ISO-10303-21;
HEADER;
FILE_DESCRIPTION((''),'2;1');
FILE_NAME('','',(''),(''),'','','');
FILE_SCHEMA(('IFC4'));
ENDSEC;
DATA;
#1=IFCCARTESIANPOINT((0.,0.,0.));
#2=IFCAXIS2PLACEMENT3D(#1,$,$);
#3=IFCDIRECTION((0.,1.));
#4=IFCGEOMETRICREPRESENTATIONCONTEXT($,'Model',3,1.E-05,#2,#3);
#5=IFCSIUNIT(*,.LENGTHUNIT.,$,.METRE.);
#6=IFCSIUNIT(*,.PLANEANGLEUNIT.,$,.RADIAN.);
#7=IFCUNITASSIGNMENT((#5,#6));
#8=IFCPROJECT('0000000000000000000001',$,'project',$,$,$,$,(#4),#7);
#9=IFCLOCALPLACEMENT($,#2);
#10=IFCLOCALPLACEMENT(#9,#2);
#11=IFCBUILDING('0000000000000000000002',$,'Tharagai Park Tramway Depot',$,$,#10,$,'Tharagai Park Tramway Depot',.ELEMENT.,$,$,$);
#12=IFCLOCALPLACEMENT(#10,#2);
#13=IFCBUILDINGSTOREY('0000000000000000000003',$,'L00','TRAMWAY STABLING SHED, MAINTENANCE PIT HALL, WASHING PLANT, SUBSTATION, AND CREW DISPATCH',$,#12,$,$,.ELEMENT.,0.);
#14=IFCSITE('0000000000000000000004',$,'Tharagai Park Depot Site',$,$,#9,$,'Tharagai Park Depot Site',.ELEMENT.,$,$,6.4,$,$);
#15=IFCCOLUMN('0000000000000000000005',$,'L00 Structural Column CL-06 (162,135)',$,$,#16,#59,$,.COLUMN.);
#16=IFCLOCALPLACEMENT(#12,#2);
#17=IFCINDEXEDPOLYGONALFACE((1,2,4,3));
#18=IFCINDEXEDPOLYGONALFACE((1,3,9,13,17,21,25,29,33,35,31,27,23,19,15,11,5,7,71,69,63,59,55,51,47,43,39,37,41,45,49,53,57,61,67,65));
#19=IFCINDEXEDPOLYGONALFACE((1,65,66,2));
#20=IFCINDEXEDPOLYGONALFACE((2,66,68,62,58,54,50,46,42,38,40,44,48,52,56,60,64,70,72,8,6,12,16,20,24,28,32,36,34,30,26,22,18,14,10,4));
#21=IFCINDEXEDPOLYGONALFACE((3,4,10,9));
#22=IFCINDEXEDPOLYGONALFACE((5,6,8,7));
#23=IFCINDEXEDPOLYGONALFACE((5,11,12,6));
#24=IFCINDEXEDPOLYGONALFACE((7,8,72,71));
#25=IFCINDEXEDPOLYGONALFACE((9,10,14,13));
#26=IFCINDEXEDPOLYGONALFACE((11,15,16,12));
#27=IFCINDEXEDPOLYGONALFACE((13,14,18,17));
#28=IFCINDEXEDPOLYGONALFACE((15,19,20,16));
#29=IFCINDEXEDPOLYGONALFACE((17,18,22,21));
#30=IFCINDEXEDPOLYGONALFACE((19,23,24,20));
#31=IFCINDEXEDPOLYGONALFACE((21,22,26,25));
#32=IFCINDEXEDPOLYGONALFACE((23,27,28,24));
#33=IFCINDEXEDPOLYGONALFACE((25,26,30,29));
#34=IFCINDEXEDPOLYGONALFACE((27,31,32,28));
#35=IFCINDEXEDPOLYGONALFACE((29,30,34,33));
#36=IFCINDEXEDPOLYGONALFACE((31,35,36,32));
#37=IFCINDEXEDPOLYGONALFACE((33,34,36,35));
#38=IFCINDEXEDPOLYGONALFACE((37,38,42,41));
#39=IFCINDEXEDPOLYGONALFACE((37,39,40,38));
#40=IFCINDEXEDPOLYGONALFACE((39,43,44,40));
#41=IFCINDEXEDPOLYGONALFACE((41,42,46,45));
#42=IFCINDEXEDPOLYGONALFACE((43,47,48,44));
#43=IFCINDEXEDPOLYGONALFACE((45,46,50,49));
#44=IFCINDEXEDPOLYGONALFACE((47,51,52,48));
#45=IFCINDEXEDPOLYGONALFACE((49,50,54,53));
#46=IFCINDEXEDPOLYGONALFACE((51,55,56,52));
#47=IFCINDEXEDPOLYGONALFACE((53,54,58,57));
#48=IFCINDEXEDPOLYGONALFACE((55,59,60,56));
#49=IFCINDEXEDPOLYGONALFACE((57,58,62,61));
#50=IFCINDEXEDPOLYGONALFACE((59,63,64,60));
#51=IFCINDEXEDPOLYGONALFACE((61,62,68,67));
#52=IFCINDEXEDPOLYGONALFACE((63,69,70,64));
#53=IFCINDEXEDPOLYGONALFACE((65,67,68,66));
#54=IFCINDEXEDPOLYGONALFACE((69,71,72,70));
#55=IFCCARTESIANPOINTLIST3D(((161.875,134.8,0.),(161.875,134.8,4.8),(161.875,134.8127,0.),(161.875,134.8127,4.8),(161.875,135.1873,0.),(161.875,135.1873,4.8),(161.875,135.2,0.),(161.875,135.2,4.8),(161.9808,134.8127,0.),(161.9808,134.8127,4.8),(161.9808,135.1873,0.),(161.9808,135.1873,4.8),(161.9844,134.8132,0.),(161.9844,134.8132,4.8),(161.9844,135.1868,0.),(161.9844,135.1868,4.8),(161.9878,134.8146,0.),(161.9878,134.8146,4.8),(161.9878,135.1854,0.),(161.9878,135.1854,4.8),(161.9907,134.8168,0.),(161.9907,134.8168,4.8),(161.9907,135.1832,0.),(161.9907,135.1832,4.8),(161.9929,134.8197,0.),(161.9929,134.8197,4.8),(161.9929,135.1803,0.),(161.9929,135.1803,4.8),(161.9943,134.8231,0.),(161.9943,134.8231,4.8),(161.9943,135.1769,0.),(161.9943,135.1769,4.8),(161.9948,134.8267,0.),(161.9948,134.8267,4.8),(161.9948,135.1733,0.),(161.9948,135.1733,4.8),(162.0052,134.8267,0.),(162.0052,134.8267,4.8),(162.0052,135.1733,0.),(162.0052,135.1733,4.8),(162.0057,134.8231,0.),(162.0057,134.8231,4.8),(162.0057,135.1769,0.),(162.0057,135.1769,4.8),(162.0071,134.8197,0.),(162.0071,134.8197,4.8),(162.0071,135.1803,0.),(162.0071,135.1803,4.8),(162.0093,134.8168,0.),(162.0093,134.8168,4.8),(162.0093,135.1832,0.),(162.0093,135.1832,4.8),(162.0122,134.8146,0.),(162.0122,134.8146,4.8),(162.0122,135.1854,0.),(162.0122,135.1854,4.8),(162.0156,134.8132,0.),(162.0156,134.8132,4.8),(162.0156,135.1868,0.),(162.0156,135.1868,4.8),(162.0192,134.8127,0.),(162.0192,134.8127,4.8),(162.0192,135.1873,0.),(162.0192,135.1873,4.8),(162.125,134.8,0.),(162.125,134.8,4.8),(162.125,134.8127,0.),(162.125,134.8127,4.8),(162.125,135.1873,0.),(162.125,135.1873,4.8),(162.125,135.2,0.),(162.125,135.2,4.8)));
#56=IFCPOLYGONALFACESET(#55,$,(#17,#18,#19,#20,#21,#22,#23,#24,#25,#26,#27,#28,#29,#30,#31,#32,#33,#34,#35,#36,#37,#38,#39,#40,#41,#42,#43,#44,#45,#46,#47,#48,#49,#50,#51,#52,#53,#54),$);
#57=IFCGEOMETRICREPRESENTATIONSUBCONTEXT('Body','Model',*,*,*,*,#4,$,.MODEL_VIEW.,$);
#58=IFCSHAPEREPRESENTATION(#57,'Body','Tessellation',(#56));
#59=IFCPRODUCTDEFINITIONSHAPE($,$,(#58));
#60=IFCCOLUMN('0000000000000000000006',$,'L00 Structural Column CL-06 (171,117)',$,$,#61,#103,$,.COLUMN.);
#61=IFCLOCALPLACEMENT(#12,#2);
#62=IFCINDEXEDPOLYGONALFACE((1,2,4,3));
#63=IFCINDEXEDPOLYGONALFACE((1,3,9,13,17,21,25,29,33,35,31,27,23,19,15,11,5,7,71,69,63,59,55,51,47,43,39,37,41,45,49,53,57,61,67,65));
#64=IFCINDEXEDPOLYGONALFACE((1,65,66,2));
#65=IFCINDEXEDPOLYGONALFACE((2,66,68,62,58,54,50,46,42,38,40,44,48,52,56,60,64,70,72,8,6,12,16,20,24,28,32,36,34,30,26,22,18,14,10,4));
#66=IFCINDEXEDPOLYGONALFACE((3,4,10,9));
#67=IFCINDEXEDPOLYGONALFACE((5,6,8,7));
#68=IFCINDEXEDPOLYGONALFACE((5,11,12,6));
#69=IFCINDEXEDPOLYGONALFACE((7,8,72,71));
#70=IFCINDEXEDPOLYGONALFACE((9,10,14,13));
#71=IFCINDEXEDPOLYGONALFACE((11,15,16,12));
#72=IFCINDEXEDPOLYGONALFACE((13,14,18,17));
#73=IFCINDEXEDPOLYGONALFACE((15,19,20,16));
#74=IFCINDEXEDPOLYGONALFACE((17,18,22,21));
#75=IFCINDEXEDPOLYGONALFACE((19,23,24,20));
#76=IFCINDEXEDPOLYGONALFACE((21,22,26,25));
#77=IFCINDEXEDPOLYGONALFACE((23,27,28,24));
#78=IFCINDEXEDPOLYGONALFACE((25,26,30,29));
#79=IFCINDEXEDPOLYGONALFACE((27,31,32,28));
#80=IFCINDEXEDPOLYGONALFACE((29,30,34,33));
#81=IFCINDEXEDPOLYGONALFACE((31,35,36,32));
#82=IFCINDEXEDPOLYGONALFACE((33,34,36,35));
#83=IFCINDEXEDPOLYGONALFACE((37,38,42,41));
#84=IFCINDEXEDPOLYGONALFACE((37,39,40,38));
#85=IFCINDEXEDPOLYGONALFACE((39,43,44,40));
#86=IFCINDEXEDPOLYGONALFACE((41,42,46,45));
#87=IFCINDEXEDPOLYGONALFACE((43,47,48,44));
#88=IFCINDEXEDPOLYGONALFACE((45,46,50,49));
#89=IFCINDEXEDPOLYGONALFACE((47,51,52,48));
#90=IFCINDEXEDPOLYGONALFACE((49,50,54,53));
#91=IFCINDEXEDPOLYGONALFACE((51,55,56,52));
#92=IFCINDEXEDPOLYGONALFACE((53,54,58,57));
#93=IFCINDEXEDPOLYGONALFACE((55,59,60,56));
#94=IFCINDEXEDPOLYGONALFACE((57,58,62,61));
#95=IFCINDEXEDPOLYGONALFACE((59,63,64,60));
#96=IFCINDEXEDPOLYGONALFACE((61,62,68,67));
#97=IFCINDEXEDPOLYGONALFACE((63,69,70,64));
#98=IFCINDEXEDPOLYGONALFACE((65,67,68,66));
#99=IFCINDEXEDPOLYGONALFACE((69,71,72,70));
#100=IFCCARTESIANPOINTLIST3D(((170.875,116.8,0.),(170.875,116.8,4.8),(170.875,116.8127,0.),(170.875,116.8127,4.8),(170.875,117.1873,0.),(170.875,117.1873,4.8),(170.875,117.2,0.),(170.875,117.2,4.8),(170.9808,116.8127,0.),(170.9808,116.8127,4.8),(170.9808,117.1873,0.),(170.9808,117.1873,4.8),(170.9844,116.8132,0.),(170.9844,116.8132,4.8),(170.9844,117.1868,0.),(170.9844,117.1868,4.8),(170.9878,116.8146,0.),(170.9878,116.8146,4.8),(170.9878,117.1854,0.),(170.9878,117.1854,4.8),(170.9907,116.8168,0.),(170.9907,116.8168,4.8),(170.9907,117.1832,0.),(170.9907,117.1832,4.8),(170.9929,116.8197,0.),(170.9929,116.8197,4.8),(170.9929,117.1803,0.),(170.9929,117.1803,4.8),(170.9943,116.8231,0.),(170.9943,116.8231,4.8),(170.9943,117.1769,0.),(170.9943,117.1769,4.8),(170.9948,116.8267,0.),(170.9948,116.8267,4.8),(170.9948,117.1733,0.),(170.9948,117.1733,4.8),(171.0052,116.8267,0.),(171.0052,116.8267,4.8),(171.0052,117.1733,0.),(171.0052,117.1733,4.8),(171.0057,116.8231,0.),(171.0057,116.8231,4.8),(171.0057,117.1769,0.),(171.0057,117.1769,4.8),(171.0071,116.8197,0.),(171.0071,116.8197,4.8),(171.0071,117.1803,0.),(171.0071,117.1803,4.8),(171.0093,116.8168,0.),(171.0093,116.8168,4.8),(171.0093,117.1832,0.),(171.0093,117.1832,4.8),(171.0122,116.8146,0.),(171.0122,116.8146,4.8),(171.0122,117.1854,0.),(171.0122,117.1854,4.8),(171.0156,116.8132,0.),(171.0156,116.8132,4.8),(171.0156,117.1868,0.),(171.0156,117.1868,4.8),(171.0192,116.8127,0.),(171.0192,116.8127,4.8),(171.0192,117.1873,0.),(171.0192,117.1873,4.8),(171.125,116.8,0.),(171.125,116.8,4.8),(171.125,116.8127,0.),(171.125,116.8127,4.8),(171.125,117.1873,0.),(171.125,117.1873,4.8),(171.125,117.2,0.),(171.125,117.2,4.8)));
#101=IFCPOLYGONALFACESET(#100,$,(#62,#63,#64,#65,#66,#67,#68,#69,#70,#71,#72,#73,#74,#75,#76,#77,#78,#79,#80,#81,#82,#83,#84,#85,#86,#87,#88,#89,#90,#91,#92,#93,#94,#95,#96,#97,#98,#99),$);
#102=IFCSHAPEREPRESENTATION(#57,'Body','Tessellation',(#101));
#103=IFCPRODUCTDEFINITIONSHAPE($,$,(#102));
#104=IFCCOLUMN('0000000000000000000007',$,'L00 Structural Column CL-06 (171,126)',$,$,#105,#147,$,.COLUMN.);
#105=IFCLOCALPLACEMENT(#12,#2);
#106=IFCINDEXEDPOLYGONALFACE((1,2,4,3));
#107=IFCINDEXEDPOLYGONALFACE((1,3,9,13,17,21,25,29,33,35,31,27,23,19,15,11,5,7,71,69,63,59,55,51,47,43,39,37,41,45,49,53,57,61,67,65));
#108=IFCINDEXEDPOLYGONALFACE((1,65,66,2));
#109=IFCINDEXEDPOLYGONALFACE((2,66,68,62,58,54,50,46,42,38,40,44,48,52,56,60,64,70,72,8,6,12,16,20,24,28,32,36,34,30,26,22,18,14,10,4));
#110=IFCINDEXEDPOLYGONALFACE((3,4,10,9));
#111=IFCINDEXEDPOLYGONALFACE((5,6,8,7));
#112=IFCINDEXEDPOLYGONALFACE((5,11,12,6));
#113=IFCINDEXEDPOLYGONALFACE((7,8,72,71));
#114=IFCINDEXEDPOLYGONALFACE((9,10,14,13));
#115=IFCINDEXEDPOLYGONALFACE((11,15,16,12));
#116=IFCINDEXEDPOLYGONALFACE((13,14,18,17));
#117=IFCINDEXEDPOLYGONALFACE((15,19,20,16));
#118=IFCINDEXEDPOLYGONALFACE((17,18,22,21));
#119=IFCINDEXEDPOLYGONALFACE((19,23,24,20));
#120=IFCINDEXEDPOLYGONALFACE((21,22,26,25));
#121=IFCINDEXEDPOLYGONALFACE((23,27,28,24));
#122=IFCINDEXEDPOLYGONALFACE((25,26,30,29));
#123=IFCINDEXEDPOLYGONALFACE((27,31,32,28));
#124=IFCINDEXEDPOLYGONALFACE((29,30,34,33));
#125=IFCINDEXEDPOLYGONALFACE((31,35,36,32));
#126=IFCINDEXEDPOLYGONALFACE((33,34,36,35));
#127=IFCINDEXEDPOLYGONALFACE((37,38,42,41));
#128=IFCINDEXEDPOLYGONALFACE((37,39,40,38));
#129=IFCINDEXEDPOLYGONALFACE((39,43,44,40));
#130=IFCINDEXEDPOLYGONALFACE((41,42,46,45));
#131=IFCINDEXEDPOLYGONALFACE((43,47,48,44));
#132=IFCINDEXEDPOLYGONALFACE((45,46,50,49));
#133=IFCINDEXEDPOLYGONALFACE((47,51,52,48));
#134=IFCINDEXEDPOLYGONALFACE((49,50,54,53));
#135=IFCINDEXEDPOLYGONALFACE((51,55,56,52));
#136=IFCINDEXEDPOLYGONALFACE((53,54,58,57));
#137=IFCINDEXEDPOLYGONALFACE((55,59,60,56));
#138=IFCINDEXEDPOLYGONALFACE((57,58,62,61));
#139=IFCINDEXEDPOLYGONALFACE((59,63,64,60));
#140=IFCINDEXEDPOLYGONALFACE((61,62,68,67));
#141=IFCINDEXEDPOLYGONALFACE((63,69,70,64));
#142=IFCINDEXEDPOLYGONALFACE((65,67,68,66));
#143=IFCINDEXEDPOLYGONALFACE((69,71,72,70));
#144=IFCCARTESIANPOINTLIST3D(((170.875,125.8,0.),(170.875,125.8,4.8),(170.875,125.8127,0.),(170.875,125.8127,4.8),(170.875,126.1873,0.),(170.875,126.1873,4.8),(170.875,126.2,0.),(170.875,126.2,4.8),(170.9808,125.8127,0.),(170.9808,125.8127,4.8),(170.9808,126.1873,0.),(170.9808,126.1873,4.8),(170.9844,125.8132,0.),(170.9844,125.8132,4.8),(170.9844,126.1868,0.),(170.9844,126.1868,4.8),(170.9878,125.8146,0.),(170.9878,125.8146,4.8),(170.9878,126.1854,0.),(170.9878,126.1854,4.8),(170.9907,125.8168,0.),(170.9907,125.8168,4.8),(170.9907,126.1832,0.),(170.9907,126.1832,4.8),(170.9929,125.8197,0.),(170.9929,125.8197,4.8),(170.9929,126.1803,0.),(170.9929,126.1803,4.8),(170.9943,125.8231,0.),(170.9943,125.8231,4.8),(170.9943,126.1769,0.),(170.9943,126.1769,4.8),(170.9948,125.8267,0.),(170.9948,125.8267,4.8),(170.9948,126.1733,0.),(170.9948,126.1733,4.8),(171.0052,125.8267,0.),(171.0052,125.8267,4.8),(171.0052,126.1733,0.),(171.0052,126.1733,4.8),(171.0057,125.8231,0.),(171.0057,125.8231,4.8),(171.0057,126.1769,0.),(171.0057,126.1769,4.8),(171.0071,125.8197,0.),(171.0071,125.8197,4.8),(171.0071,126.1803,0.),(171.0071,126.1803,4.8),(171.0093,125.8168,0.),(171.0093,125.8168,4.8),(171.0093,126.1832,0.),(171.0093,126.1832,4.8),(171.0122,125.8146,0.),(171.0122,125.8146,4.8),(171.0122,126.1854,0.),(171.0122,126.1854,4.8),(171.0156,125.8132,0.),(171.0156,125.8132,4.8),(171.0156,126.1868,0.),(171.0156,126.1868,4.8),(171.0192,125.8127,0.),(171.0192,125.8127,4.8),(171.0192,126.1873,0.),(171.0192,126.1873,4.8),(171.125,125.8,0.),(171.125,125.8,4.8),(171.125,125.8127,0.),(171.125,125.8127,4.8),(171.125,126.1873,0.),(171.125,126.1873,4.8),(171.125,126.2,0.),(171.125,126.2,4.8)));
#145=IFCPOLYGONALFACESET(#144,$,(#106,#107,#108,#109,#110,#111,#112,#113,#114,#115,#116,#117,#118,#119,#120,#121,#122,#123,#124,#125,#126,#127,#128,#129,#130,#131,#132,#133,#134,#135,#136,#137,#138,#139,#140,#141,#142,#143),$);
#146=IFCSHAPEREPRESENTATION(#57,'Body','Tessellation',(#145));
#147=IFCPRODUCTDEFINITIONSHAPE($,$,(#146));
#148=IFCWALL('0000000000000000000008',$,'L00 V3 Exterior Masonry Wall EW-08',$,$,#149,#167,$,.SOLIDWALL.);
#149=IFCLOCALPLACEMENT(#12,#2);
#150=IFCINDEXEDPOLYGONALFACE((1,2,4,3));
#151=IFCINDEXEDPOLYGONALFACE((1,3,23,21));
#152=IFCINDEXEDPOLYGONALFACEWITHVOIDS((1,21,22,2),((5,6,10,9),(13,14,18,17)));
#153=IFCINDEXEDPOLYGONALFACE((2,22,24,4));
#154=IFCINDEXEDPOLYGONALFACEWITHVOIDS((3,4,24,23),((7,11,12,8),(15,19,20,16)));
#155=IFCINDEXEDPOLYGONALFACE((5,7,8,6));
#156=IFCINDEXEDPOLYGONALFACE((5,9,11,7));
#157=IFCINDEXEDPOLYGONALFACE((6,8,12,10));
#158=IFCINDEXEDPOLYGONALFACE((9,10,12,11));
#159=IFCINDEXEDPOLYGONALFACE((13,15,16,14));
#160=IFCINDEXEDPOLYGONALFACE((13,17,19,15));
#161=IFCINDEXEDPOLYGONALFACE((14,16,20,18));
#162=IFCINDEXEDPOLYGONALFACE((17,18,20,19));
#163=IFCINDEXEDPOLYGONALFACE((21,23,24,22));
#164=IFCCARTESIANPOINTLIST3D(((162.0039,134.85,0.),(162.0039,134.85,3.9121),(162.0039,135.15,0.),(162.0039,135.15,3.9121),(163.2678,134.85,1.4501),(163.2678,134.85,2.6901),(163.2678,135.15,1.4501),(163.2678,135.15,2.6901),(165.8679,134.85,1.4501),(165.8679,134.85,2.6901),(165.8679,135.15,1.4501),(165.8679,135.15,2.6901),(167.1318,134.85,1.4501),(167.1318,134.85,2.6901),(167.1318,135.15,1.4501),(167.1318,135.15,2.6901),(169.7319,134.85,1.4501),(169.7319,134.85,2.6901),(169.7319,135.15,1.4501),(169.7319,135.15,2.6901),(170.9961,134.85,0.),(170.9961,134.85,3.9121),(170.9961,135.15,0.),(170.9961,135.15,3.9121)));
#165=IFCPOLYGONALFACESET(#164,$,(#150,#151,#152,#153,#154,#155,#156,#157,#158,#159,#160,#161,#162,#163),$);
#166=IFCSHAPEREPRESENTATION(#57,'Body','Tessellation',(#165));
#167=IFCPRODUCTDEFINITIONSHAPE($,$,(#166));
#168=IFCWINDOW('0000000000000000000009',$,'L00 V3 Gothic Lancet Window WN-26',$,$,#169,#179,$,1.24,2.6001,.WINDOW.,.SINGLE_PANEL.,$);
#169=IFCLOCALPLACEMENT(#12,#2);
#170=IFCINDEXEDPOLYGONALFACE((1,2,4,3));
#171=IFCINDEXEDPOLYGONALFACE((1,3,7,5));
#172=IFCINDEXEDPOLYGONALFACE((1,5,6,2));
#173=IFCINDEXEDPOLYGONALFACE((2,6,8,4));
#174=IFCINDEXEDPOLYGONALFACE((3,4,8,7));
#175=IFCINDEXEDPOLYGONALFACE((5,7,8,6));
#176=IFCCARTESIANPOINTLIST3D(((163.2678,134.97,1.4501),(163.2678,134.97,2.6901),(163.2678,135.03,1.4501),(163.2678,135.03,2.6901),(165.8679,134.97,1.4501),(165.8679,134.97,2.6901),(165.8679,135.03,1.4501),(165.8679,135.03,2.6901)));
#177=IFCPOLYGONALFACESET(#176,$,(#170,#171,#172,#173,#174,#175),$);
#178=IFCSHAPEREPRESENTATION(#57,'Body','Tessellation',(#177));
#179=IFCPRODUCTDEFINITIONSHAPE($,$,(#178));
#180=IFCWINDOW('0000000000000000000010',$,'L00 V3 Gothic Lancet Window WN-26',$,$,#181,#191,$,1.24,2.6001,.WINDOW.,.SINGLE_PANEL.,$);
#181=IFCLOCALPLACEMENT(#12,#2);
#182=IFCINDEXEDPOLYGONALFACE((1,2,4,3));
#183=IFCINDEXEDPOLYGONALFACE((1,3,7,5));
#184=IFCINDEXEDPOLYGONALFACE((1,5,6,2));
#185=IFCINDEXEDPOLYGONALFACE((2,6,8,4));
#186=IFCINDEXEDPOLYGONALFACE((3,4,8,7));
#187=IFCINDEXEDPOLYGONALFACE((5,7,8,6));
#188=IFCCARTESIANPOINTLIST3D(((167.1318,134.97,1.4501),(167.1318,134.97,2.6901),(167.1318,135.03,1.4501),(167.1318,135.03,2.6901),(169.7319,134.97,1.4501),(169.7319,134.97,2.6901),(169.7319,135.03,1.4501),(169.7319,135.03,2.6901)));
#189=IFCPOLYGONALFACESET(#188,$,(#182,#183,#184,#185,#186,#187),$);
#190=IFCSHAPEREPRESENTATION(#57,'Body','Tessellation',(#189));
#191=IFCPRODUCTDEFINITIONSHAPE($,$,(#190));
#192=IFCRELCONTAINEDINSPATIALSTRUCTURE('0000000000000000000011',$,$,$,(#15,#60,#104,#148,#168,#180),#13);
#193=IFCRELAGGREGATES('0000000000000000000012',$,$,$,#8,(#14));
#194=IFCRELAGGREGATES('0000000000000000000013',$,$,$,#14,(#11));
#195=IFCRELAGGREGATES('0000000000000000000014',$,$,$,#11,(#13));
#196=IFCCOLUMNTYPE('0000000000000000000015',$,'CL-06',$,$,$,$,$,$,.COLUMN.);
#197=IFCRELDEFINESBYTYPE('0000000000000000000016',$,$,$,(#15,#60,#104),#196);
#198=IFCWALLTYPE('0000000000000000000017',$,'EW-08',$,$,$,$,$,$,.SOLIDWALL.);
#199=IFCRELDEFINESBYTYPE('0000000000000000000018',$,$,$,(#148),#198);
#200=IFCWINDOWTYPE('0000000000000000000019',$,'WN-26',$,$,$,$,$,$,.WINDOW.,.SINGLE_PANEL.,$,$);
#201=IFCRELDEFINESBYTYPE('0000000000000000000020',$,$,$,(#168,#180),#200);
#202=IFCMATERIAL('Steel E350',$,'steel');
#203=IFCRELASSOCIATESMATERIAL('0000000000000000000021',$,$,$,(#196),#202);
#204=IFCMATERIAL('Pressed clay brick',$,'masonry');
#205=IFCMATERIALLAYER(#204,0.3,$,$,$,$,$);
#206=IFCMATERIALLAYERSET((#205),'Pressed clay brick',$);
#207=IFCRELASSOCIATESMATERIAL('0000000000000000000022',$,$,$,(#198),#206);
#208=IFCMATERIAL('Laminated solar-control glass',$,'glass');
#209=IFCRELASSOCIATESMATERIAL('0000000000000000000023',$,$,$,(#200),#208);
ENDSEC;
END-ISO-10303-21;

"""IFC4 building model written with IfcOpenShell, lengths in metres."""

from ifc_helpers import new_model, si_unit, direction, frame, frame_2d, origin, origin_2d, place, context, subcontext, project, spatial, rectangle, i_section, extrude, material, layer, layer_set, material_profile, profile_set, type_object, element, fill, save


model = new_model("IFC4")

# Units and contexts
model_context = context("Model", 3, precision=1e-05, world=origin(), true_north=direction((0.0, 1.0)))
body_context = subcontext(model_context, "Body", "Model", "MODEL_VIEW")
ifc_project = project(units=[si_unit("LENGTHUNIT", "METRE"), si_unit("PLANEANGLEUNIT", "RADIAN")], contexts=[model_context])

# Site, building, storey
site_placement = place(None, origin())
site = spatial("IfcSite", under=ifc_project, at=site_placement, Name="Tharagai Park Depot Site", LongName="Tharagai Park Depot Site", CompositionType="ELEMENT", RefElevation=6.4)
building_placement = place(site_placement, origin())
building = spatial("IfcBuilding", under=site, at=building_placement, Name="Tharagai Park Tramway Depot", LongName="Tharagai Park Tramway Depot", CompositionType="ELEMENT")
storey_placement = place(building_placement, origin())
storey = spatial("IfcBuildingStorey", under=building, at=storey_placement, Name="L00", Description="TRAMWAY STABLING SHED, MAINTENANCE PIT HALL, WASHING PLANT, SUBSTATION, AND CREW DISPATCH", CompositionType="ELEMENT", Elevation=0.0)

# Columns
ifc_material_1 = material(Name="Steel E350", Category="steel")
ifc_material_profile_1 = material_profile(ifc_material_1, i_section(OverallWidth=0.25, OverallDepth=0.3999, WebThickness=0.0105, FlangeThickness=0.0127, FilletRadius=0.0139, at=origin_2d()), Name="ISHB 400")
ifc_profile_set_1 = profile_set([ifc_material_profile_1], Name="Steel E350")
column_type = type_object("IfcColumnType", Name="CL-06", PredefinedType="COLUMN", material=ifc_profile_set_1)
for number, where, z_axis, x_axis, name in (
    (1, (162.0, 135.0, 0.0), (0.0, 0.0, 1.0), (1.0, 0.0, 0.0), "L00 Structural Column CL-06 (162,135)"),
    (2, (171.0, 117.0, 0.0), (0.0, 0.0, 1.0), (1.0, 0.0, 0.0), "L00 Structural Column CL-06 (171,117)"),
    (3, (171.0, 126.0, 0.0), (0.0, 0.0, 1.0), (1.0, 0.0, 0.0), "L00 Structural Column CL-06 (171,126)"),
):
    element("IfcColumn", number, at=place(storey_placement, frame(where, z_axis=z_axis, x_axis=x_axis)), inside=storey, type_object=column_type, Name=name, PredefinedType="COLUMN", context=body_context, shape_type="SweptSolid", body=[
        extrude(i_section(OverallWidth=0.25, OverallDepth=0.3999, WebThickness=0.0105, FlangeThickness=0.0127, FilletRadius=0.0139, at=origin_2d()), origin(), (0.0, 0.0, 1.0), 4.8),
    ])

# Wall, openings, windows
ifc_material_2 = material(Name="Pressed clay brick", Category="masonry")
ifc_layer = layer(ifc_material_2, 0.3)
ifc_layer_set = layer_set([ifc_layer], Name="Pressed clay brick")
wall_type = type_object("IfcWallType", Name="EW-08", PredefinedType="SOLIDWALL", material=ifc_layer_set)
wall_1_placement = place(storey_placement, frame((162.0039, 135.0, 0.0), z_axis=(0.0, 0.0, 1.0), x_axis=(1.0, 0.0, 0.0)))
wall_1 = element("IfcWall", 4, at=wall_1_placement, inside=storey, type_object=wall_type, Name="L00 V3 Exterior Masonry Wall EW-08", PredefinedType="SOLIDWALL", context=body_context, shape_type="SweptSolid", body=[
    extrude(rectangle(XDim=8.9922, YDim=0.3, at=frame_2d((4.4961, 0.0))), origin(), (0.0, 0.0, 1.0), 3.9121),
])
opening_1_placement = place(wall_1_placement, frame((1.2639, 0.0, 1.45)))
opening_1 = element("IfcOpeningElement", 5, at=opening_1_placement, cuts=wall_1, PredefinedType="OPENING", context=body_context, shape_type="SweptSolid", body=[
    extrude(rectangle(XDim=2.6001, YDim=1.24, at=frame_2d((1.3, 0.6201))), frame((0.0, 0.1599, 0.0), z_axis=(0.0, -1.0, 0.0), x_axis=(1.0, 0.0, 0.0)), (0.0, 0.0, 1.0), 0.3201),
])
opening_2_placement = place(wall_1_placement, frame((5.1279, 0.0, 1.45)))
opening_2 = element("IfcOpeningElement", 6, at=opening_2_placement, cuts=wall_1, PredefinedType="OPENING", context=body_context, shape_type="SweptSolid", body=[
    extrude(rectangle(XDim=2.6001, YDim=1.24, at=frame_2d((1.3, 0.6201))), frame((0.0, 0.1599, 0.0), z_axis=(0.0, -1.0, 0.0), x_axis=(1.0, 0.0, 0.0)), (0.0, 0.0, 1.0), 0.3201),
])
ifc_material_3 = material(Name="Laminated solar-control glass", Category="glass")
window_type_1 = type_object("IfcWindowType", Name="WN-26", PartitioningType="SINGLE_PANEL", PredefinedType="WINDOW", material=ifc_material_3)
window_1_placement = place(opening_1_placement, origin())
window_1 = element("IfcWindow", 7, at=window_1_placement, inside=storey, type_object=window_type_1, Name="L00 V3 Gothic Lancet Window WN-26", OverallHeight=1.24, OverallWidth=2.6001, PartitioningType="SINGLE_PANEL", PredefinedType="WINDOW", context=body_context, shape_type="SweptSolid", body=[
    extrude(rectangle(XDim=2.6001, YDim=1.24, at=frame_2d((1.3, 0.6201))), frame((0.0, 0.03, 0.0), z_axis=(0.0, -1.0, 0.0), x_axis=(1.0, 0.0, 0.0)), (0.0, 0.0, 1.0), 0.0601),
])
fill(opening_1, window_1)
window_2_placement = place(opening_2_placement, origin())
window_2 = element("IfcWindow", 8, at=window_2_placement, inside=storey, type_object=window_type_1, Name="L00 V3 Gothic Lancet Window WN-26", OverallHeight=1.24, OverallWidth=2.6001, PartitioningType="SINGLE_PANEL", PredefinedType="WINDOW", context=body_context, shape_type="SweptSolid", body=[
    extrude(rectangle(XDim=2.6001, YDim=1.24, at=frame_2d((1.3, 0.6201))), frame((0.0, 0.03, 0.0), z_axis=(0.0, -1.0, 0.0), x_axis=(1.0, 0.0, 0.0)), (0.0, 0.0, 1.0), 0.0601),
])
fill(opening_2, window_2)

save(model, "model.ifc")
